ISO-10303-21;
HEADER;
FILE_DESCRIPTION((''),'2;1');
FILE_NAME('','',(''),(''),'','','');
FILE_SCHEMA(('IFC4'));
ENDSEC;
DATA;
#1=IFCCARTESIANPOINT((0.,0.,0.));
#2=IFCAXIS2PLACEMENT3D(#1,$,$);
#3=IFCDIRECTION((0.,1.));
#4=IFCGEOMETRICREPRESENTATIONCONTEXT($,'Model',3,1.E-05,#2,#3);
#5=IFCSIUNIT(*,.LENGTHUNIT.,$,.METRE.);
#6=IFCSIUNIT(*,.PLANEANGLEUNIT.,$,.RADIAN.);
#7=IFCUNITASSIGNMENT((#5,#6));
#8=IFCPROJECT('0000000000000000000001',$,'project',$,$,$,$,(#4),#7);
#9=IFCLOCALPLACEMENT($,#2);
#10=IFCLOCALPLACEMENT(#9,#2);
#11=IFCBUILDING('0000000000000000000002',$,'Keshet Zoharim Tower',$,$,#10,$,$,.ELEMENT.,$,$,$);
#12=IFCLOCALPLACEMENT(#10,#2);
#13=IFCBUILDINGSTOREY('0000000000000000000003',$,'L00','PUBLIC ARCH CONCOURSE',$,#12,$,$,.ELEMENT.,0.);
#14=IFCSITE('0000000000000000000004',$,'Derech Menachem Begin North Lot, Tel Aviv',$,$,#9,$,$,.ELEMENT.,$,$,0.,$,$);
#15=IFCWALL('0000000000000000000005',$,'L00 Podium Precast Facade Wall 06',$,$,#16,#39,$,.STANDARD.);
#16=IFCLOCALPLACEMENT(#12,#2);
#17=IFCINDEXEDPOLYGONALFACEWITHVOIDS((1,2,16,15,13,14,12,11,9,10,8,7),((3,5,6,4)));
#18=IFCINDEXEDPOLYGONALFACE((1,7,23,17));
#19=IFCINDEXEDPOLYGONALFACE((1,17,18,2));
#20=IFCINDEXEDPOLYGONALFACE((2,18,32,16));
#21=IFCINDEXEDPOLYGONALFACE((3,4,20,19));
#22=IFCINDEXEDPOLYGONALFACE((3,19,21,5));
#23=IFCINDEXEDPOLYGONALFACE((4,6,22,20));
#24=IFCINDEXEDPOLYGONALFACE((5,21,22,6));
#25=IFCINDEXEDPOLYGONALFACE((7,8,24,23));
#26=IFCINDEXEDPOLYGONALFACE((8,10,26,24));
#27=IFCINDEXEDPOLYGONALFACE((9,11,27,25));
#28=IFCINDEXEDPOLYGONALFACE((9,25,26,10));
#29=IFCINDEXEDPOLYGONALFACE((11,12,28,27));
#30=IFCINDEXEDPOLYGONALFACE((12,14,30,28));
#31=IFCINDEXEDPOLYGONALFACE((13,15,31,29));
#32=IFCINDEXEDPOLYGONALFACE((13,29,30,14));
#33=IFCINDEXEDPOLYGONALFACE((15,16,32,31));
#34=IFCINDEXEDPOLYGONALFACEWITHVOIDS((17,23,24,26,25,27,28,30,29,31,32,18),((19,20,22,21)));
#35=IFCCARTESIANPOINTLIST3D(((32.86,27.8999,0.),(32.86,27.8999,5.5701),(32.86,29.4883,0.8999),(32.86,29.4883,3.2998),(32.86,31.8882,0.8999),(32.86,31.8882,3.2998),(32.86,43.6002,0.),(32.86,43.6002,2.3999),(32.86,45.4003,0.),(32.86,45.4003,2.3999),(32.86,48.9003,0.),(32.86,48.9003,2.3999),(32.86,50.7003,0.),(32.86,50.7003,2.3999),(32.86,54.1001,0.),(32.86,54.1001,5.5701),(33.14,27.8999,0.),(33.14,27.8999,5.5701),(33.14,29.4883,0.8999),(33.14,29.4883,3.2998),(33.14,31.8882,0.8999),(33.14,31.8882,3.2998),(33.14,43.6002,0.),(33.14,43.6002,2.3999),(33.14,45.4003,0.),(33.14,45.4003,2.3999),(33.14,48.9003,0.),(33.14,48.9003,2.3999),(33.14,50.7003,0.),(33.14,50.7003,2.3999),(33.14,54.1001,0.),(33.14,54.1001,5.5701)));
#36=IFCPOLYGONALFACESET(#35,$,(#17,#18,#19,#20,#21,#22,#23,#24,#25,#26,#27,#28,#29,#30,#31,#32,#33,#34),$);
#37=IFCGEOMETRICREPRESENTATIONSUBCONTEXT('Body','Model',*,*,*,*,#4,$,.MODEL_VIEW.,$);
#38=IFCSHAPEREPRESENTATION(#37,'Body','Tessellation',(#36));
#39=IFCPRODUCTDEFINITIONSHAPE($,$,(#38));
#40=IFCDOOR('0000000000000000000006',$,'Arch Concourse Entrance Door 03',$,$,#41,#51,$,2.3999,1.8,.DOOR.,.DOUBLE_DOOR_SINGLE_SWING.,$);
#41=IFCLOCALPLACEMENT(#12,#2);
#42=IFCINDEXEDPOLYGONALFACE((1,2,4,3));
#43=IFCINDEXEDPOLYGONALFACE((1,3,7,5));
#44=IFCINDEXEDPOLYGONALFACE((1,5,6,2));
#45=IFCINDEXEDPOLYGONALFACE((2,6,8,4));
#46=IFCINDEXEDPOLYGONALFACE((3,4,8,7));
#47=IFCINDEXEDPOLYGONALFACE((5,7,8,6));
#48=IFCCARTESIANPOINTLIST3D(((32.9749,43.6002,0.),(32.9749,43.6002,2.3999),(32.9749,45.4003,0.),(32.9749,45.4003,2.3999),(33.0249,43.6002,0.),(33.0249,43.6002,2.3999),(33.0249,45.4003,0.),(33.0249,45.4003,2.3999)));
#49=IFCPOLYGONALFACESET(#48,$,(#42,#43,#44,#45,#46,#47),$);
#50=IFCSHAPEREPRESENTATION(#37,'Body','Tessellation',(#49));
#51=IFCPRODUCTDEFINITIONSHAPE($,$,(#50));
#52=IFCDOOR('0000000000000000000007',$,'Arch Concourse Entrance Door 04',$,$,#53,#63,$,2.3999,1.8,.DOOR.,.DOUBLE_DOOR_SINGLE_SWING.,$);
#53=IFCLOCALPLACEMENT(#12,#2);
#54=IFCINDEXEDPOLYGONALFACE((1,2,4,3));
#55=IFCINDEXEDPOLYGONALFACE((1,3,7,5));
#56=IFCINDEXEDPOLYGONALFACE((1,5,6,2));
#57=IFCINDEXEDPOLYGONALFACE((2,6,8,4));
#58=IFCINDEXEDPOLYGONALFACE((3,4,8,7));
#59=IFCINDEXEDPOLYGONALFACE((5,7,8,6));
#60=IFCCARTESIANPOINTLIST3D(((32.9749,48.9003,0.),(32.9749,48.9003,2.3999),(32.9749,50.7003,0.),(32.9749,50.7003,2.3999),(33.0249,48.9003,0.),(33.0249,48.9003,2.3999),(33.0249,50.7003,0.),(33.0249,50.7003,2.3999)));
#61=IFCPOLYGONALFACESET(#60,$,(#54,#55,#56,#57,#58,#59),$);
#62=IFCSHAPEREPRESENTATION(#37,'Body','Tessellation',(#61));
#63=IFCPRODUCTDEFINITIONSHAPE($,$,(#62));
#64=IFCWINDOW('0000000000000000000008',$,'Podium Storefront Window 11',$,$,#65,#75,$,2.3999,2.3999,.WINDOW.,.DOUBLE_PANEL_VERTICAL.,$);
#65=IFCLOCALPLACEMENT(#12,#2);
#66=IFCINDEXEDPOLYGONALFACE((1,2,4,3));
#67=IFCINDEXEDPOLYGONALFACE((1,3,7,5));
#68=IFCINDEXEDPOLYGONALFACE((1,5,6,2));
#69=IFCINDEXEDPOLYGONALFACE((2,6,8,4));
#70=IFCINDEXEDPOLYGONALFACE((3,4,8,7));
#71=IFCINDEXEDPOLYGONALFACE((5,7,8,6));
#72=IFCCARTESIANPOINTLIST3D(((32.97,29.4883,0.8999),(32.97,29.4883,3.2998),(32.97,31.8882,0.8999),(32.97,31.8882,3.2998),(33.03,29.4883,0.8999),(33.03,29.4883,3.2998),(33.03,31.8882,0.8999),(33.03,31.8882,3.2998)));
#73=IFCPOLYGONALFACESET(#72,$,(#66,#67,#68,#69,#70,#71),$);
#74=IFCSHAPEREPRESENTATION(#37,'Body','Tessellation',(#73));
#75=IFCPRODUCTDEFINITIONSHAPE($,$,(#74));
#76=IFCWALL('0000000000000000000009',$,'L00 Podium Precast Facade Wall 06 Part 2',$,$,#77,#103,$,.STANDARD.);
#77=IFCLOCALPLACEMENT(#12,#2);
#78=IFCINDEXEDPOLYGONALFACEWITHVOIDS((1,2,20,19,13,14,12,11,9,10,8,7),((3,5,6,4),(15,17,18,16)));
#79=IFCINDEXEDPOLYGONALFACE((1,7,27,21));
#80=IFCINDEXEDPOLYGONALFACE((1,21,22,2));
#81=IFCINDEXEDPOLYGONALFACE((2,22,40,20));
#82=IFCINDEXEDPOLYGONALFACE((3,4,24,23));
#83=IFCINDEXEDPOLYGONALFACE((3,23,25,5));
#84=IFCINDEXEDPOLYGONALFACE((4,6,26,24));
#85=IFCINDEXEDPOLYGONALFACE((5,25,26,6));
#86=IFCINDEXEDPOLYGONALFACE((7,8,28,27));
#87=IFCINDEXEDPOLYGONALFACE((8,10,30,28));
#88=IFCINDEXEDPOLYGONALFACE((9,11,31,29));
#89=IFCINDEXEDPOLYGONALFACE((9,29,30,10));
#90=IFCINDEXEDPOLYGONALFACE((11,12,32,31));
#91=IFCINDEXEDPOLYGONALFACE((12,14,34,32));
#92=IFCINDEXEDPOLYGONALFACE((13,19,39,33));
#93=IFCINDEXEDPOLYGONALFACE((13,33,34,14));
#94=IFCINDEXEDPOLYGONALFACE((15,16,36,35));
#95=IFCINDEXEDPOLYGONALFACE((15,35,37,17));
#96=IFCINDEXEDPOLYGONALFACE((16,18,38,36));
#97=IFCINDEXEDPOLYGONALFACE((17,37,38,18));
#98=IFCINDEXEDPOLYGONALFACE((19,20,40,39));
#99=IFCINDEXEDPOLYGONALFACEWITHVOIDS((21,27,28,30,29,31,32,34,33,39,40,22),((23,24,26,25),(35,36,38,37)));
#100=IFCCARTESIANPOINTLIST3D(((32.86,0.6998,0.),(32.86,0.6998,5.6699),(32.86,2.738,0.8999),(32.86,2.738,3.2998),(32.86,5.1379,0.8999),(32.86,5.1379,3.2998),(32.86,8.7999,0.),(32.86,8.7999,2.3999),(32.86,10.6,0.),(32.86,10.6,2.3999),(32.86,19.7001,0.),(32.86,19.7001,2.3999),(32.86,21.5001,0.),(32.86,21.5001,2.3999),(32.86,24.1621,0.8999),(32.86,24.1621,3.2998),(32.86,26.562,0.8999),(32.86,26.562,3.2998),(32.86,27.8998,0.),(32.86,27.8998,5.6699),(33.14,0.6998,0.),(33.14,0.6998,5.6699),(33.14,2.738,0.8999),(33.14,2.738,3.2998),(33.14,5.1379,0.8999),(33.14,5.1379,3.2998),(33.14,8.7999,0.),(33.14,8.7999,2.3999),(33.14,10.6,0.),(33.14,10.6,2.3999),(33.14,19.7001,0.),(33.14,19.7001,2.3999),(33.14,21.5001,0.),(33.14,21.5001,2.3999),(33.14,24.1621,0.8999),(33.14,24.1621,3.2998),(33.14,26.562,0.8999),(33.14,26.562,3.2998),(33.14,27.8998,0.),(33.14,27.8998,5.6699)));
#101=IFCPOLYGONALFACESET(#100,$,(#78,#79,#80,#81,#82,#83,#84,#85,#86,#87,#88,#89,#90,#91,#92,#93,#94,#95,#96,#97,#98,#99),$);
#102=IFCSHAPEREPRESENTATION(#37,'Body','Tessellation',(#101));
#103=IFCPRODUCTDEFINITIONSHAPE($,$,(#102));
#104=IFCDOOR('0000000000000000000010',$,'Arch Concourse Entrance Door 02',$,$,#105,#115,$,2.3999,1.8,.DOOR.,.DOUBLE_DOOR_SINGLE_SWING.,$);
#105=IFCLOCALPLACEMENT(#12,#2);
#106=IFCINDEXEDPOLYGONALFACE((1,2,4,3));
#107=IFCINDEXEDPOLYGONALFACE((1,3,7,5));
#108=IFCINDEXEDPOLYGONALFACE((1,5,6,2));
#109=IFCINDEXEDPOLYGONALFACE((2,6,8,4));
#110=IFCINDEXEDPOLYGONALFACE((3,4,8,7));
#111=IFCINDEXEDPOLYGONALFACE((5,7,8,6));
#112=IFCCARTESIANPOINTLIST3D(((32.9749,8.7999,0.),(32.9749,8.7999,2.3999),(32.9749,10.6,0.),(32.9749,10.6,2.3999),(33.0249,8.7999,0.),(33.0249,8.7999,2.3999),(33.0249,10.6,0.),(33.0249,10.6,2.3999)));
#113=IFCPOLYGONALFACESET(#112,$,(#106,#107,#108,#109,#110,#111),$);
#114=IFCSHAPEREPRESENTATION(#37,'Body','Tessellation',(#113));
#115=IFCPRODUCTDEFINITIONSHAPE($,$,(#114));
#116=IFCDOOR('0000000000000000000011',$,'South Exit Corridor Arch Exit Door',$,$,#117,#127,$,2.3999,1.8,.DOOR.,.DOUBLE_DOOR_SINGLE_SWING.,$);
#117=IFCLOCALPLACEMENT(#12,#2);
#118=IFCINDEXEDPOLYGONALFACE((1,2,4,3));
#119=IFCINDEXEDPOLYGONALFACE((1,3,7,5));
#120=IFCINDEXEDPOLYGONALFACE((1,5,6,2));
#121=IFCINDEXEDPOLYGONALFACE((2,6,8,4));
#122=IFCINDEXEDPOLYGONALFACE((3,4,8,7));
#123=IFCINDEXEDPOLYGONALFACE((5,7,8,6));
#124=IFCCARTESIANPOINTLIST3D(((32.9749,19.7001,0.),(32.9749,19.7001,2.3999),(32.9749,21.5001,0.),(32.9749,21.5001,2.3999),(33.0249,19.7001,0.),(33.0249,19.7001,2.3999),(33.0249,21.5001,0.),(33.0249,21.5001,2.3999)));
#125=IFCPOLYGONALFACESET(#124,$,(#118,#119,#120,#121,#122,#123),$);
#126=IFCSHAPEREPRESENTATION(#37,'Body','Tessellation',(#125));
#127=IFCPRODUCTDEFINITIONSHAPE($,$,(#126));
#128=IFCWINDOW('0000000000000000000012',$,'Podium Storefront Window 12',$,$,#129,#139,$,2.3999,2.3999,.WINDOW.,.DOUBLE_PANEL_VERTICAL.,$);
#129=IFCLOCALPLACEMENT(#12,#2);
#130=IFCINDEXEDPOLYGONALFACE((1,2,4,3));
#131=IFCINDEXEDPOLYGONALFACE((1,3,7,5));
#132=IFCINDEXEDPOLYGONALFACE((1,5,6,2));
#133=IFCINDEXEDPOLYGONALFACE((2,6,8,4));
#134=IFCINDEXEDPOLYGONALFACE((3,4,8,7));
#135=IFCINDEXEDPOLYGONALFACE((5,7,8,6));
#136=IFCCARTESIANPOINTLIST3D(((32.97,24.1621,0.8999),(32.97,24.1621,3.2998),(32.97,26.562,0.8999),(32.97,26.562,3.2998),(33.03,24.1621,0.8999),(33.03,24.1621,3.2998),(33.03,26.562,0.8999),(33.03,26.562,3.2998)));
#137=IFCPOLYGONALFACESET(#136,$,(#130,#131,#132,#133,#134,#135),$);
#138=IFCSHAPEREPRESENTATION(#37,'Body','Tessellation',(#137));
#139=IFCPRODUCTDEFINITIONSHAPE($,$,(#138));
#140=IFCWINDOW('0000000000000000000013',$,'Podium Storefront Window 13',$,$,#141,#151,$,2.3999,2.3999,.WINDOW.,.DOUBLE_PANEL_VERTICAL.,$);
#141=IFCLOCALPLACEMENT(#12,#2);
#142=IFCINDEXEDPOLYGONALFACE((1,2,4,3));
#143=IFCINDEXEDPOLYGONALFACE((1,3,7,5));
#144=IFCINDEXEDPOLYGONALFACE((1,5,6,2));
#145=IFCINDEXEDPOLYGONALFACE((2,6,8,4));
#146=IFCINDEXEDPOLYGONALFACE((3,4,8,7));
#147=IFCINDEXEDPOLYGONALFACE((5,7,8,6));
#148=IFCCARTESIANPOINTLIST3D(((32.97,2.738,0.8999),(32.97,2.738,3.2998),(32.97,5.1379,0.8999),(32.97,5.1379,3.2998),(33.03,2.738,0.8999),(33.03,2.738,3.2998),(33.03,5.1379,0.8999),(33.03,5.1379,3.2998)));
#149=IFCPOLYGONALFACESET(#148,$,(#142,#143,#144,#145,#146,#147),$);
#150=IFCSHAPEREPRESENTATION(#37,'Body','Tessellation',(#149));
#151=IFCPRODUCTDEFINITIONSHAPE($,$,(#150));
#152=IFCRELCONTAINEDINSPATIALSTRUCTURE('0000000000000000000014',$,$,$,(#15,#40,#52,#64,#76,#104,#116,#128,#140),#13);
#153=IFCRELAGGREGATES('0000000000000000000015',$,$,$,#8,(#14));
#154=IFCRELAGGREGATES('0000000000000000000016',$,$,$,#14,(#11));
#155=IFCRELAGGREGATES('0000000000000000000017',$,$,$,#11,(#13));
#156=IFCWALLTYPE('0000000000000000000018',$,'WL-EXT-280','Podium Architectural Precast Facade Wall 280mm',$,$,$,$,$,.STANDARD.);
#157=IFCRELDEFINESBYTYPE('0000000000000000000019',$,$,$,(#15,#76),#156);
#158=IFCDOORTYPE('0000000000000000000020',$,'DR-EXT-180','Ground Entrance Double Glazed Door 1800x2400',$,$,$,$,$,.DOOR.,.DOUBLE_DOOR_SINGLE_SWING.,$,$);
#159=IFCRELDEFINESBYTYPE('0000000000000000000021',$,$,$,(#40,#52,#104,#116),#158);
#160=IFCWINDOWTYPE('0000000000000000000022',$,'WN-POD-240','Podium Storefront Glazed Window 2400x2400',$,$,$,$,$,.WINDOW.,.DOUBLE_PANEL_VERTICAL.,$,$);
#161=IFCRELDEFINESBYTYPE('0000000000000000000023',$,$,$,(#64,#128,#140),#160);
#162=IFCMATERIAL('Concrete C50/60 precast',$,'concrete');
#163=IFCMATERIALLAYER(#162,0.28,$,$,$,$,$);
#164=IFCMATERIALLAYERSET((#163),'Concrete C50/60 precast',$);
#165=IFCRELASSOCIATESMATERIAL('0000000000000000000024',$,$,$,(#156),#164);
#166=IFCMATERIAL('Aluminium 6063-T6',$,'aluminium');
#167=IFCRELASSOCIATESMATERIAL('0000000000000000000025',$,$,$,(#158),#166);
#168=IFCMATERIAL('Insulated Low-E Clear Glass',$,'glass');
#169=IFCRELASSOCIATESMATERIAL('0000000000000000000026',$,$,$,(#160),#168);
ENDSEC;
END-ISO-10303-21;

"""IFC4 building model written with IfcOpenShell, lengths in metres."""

from ifc_helpers import new_model, si_unit, direction, frame, frame_2d, origin, place, context, subcontext, project, spatial, rectangle, extrude, material, layer, layer_set, type_object, element, fill, save


model = new_model("IFC4")

# Units and contexts
model_context = context("Model", 3, precision=1e-05, world=origin(), true_north=direction((0.0, 1.0)))
body_context = subcontext(model_context, "Body", "Model", "MODEL_VIEW")
ifc_project = project(units=[si_unit("LENGTHUNIT", "METRE"), si_unit("PLANEANGLEUNIT", "RADIAN")], contexts=[model_context])

# Site, building, storey
site_placement = place(None, origin())
site = spatial("IfcSite", under=ifc_project, at=site_placement, Name="Derech Menachem Begin North Lot, Tel Aviv", CompositionType="ELEMENT", RefElevation=0.0)
building_placement = place(site_placement, origin())
building = spatial("IfcBuilding", under=site, at=building_placement, Name="Keshet Zoharim Tower", CompositionType="ELEMENT")
storey_placement = place(building_placement, origin())
storey = spatial("IfcBuildingStorey", under=building, at=storey_placement, Name="L00", Description="PUBLIC ARCH CONCOURSE", CompositionType="ELEMENT", Elevation=0.0)

# Wall, openings, doors, window
ifc_material_1 = material(Name="Concrete C50/60 precast", Category="concrete")
ifc_layer_1 = layer(ifc_material_1, 0.28)
ifc_layer_set_1 = layer_set([ifc_layer_1], Name="Concrete C50/60 precast")
wall_type_1 = type_object("IfcWallType", Name="WL-EXT-280", Description="Podium Architectural Precast Facade Wall 280mm", PredefinedType="STANDARD", material=ifc_layer_set_1)
wall_1_placement = place(storey_placement, frame((33.0, 54.1001, 0.0), z_axis=(0.0, 0.0, 1.0), x_axis=(0.0, -1.0, 0.0)))
wall_1 = element("IfcWall", 1, at=wall_1_placement, inside=storey, type_object=wall_type_1, Name="L00 Podium Precast Facade Wall 06", PredefinedType="STANDARD", context=body_context, shape_type="SweptSolid", body=[
    extrude(rectangle(XDim=26.2002, YDim=0.28, at=frame_2d((13.1001, 0.0))), origin(), (0.0, 0.0, 1.0), 5.5701),
])
opening_1_placement = place(wall_1_placement, frame((8.7, 0.0, 0.0)))
opening_1 = element("IfcOpeningElement", 2, at=opening_1_placement, cuts=wall_1, PredefinedType="OPENING", context=body_context, shape_type="SweptSolid", body=[
    extrude(rectangle(XDim=1.8, YDim=2.3999, at=frame_2d((0.8999, 1.2))), frame((0.0, 0.1499, 0.0), z_axis=(0.0, -1.0, 0.0), x_axis=(1.0, 0.0, 0.0)), (0.0, 0.0, 1.0), 0.3),
])
opening_2_placement = place(wall_1_placement, frame((3.3999, 0.0, 0.0)))
opening_2 = element("IfcOpeningElement", 3, at=opening_2_placement, cuts=wall_1, PredefinedType="OPENING", context=body_context, shape_type="SweptSolid", body=[
    extrude(rectangle(XDim=1.8, YDim=2.3999, at=frame_2d((0.8999, 1.2))), frame((0.0, 0.1499, 0.0), z_axis=(0.0, -1.0, 0.0), x_axis=(1.0, 0.0, 0.0)), (0.0, 0.0, 1.0), 0.3),
])
opening_3_placement = place(wall_1_placement, frame((22.2119, 0.0, 0.8999)))
opening_3 = element("IfcOpeningElement", 4, at=opening_3_placement, cuts=wall_1, PredefinedType="OPENING", context=body_context, shape_type="SweptSolid", body=[
    extrude(rectangle(XDim=2.3999, YDim=2.3999, at=frame_2d((1.2, 1.2))), frame((0.0, 0.1499, 0.0), z_axis=(0.0, -1.0, 0.0), x_axis=(1.0, 0.0, 0.0)), (0.0, 0.0, 1.0), 0.3),
])
ifc_material_2 = material(Name="Aluminium 6063-T6", Category="aluminium")
door_type_1 = type_object("IfcDoorType", Name="DR-EXT-180", Description="Ground Entrance Double Glazed Door 1800x2400", OperationType="DOUBLE_DOOR_SINGLE_SWING", PredefinedType="DOOR", material=ifc_material_2)
door_1_placement = place(opening_1_placement, origin())
door_1 = element("IfcDoor", 5, at=door_1_placement, inside=storey, type_object=door_type_1, Name="Arch Concourse Entrance Door 03", OperationType="DOUBLE_DOOR_SINGLE_SWING", OverallHeight=2.3999, OverallWidth=1.8, PredefinedType="DOOR", context=body_context, shape_type="SweptSolid", body=[
    extrude(rectangle(XDim=1.8, YDim=2.3999, at=frame_2d((0.8999, 1.2))), frame((0.0, 0.0249, 0.0), z_axis=(0.0, -1.0, 0.0), x_axis=(1.0, 0.0, 0.0)), (0.0, 0.0, 1.0), 0.05),
])
fill(opening_1, door_1)
door_2_placement = place(opening_2_placement, origin())
door_2 = element("IfcDoor", 6, at=door_2_placement, inside=storey, type_object=door_type_1, Name="Arch Concourse Entrance Door 04", OperationType="DOUBLE_DOOR_SINGLE_SWING", OverallHeight=2.3999, OverallWidth=1.8, PredefinedType="DOOR", context=body_context, shape_type="SweptSolid", body=[
    extrude(rectangle(XDim=1.8, YDim=2.3999, at=frame_2d((0.8999, 1.2))), frame((0.0, 0.0249, 0.0), z_axis=(0.0, -1.0, 0.0), x_axis=(1.0, 0.0, 0.0)), (0.0, 0.0, 1.0), 0.05),
])
fill(opening_2, door_2)
ifc_material_3 = material(Name="Insulated Low-E Clear Glass", Category="glass")
window_type = type_object("IfcWindowType", Name="WN-POD-240", Description="Podium Storefront Glazed Window 2400x2400", PartitioningType="DOUBLE_PANEL_VERTICAL", PredefinedType="WINDOW", material=ifc_material_3)
window_1_placement = place(opening_3_placement, origin())
window_1 = element("IfcWindow", 7, at=window_1_placement, inside=storey, type_object=window_type, Name="Podium Storefront Window 11", OverallHeight=2.3999, OverallWidth=2.3999, PartitioningType="DOUBLE_PANEL_VERTICAL", PredefinedType="WINDOW", context=body_context, shape_type="SweptSolid", body=[
    extrude(rectangle(XDim=2.3999, YDim=2.3999, at=frame_2d((1.2, 1.2))), frame((0.0, 0.03, 0.0), z_axis=(0.0, -1.0, 0.0), x_axis=(1.0, 0.0, 0.0)), (0.0, 0.0, 1.0), 0.0601),
])
fill(opening_3, window_1)

# Wall, openings, doors, windows
wall_2_placement = place(storey_placement, frame((33.0, 27.8999, 0.0), z_axis=(0.0, 0.0, 1.0), x_axis=(0.0, -1.0, 0.0)))
wall_2 = element("IfcWall", 8, at=wall_2_placement, inside=storey, type_object=wall_type_1, Name="L00 Podium Precast Facade Wall 06 Part 2", PredefinedType="STANDARD", context=body_context, shape_type="SweptSolid", body=[
    extrude(rectangle(XDim=27.2, YDim=0.28, at=frame_2d((13.6001, 0.0))), origin(), (0.0, 0.0, 1.0), 5.6699),
])
opening_4_placement = place(wall_2_placement, frame((17.3, 0.0, 0.0)))
opening_4 = element("IfcOpeningElement", 9, at=opening_4_placement, cuts=wall_2, PredefinedType="OPENING", context=body_context, shape_type="SweptSolid", body=[
    extrude(rectangle(XDim=1.8, YDim=2.3999, at=frame_2d((0.8999, 1.2))), frame((0.0, 0.1499, 0.0), z_axis=(0.0, -1.0, 0.0), x_axis=(1.0, 0.0, 0.0)), (0.0, 0.0, 1.0), 0.3),
])
opening_5_placement = place(wall_2_placement, frame((6.3999, 0.0, 0.0)))
opening_5 = element("IfcOpeningElement", 10, at=opening_5_placement, cuts=wall_2, PredefinedType="OPENING", context=body_context, shape_type="SweptSolid", body=[
    extrude(rectangle(XDim=1.8, YDim=2.3999, at=frame_2d((0.8999, 1.2))), frame((0.0, 0.1499, 0.0), z_axis=(0.0, -1.0, 0.0), x_axis=(1.0, 0.0, 0.0)), (0.0, 0.0, 1.0), 0.3),
])
opening_6_placement = place(wall_2_placement, frame((1.3379, 0.0, 0.8999)))
opening_6 = element("IfcOpeningElement", 11, at=opening_6_placement, cuts=wall_2, PredefinedType="OPENING", context=body_context, shape_type="SweptSolid", body=[
    extrude(rectangle(XDim=2.3999, YDim=2.3999, at=frame_2d((1.2, 1.2))), frame((0.0, 0.1499, 0.0), z_axis=(0.0, -1.0, 0.0), x_axis=(1.0, 0.0, 0.0)), (0.0, 0.0, 1.0), 0.3),
])
opening_7_placement = place(wall_2_placement, frame((22.762, 0.0, 0.8999)))
opening_7 = element("IfcOpeningElement", 12, at=opening_7_placement, cuts=wall_2, PredefinedType="OPENING", context=body_context, shape_type="SweptSolid", body=[
    extrude(rectangle(XDim=2.3999, YDim=2.3999, at=frame_2d((1.2, 1.2))), frame((0.0, 0.1499, 0.0), z_axis=(0.0, -1.0, 0.0), x_axis=(1.0, 0.0, 0.0)), (0.0, 0.0, 1.0), 0.3),
])
door_3_placement = place(opening_4_placement, origin())
door_3 = element("IfcDoor", 13, at=door_3_placement, inside=storey, type_object=door_type_1, Name="Arch Concourse Entrance Door 02", OperationType="DOUBLE_DOOR_SINGLE_SWING", OverallHeight=2.3999, OverallWidth=1.8, PredefinedType="DOOR", context=body_context, shape_type="SweptSolid", body=[
    extrude(rectangle(XDim=1.8, YDim=2.3999, at=frame_2d((0.8999, 1.2))), frame((0.0, 0.0249, 0.0), z_axis=(0.0, -1.0, 0.0), x_axis=(1.0, 0.0, 0.0)), (0.0, 0.0, 1.0), 0.05),
])
fill(opening_4, door_3)
door_4_placement = place(opening_5_placement, origin())
door_4 = element("IfcDoor", 14, at=door_4_placement, inside=storey, type_object=door_type_1, Name="South Exit Corridor Arch Exit Door", OperationType="DOUBLE_DOOR_SINGLE_SWING", OverallHeight=2.3999, OverallWidth=1.8, PredefinedType="DOOR", context=body_context, shape_type="SweptSolid", body=[
    extrude(rectangle(XDim=1.8, YDim=2.3999, at=frame_2d((0.8999, 1.2))), frame((0.0, 0.0249, 0.0), z_axis=(0.0, -1.0, 0.0), x_axis=(1.0, 0.0, 0.0)), (0.0, 0.0, 1.0), 0.05),
])
fill(opening_5, door_4)
window_2_placement = place(opening_6_placement, origin())
window_2 = element("IfcWindow", 15, at=window_2_placement, inside=storey, type_object=window_type, Name="Podium Storefront Window 12", OverallHeight=2.3999, OverallWidth=2.3999, PartitioningType="DOUBLE_PANEL_VERTICAL", PredefinedType="WINDOW", context=body_context, shape_type="SweptSolid", body=[
    extrude(rectangle(XDim=2.3999, YDim=2.3999, at=frame_2d((1.2, 1.2))), frame((0.0, 0.03, 0.0), z_axis=(0.0, -1.0, 0.0), x_axis=(1.0, 0.0, 0.0)), (0.0, 0.0, 1.0), 0.0601),
])
fill(opening_6, window_2)
window_3_placement = place(opening_7_placement, origin())
window_3 = element("IfcWindow", 16, at=window_3_placement, inside=storey, type_object=window_type, Name="Podium Storefront Window 13", OverallHeight=2.3999, OverallWidth=2.3999, PartitioningType="DOUBLE_PANEL_VERTICAL", PredefinedType="WINDOW", context=body_context, shape_type="SweptSolid", body=[
    extrude(rectangle(XDim=2.3999, YDim=2.3999, at=frame_2d((1.2, 1.2))), frame((0.0, 0.03, 0.0), z_axis=(0.0, -1.0, 0.0), x_axis=(1.0, 0.0, 0.0)), (0.0, 0.0, 1.0), 0.0601),
])
fill(opening_7, window_3)

save(model, "model.ifc")
